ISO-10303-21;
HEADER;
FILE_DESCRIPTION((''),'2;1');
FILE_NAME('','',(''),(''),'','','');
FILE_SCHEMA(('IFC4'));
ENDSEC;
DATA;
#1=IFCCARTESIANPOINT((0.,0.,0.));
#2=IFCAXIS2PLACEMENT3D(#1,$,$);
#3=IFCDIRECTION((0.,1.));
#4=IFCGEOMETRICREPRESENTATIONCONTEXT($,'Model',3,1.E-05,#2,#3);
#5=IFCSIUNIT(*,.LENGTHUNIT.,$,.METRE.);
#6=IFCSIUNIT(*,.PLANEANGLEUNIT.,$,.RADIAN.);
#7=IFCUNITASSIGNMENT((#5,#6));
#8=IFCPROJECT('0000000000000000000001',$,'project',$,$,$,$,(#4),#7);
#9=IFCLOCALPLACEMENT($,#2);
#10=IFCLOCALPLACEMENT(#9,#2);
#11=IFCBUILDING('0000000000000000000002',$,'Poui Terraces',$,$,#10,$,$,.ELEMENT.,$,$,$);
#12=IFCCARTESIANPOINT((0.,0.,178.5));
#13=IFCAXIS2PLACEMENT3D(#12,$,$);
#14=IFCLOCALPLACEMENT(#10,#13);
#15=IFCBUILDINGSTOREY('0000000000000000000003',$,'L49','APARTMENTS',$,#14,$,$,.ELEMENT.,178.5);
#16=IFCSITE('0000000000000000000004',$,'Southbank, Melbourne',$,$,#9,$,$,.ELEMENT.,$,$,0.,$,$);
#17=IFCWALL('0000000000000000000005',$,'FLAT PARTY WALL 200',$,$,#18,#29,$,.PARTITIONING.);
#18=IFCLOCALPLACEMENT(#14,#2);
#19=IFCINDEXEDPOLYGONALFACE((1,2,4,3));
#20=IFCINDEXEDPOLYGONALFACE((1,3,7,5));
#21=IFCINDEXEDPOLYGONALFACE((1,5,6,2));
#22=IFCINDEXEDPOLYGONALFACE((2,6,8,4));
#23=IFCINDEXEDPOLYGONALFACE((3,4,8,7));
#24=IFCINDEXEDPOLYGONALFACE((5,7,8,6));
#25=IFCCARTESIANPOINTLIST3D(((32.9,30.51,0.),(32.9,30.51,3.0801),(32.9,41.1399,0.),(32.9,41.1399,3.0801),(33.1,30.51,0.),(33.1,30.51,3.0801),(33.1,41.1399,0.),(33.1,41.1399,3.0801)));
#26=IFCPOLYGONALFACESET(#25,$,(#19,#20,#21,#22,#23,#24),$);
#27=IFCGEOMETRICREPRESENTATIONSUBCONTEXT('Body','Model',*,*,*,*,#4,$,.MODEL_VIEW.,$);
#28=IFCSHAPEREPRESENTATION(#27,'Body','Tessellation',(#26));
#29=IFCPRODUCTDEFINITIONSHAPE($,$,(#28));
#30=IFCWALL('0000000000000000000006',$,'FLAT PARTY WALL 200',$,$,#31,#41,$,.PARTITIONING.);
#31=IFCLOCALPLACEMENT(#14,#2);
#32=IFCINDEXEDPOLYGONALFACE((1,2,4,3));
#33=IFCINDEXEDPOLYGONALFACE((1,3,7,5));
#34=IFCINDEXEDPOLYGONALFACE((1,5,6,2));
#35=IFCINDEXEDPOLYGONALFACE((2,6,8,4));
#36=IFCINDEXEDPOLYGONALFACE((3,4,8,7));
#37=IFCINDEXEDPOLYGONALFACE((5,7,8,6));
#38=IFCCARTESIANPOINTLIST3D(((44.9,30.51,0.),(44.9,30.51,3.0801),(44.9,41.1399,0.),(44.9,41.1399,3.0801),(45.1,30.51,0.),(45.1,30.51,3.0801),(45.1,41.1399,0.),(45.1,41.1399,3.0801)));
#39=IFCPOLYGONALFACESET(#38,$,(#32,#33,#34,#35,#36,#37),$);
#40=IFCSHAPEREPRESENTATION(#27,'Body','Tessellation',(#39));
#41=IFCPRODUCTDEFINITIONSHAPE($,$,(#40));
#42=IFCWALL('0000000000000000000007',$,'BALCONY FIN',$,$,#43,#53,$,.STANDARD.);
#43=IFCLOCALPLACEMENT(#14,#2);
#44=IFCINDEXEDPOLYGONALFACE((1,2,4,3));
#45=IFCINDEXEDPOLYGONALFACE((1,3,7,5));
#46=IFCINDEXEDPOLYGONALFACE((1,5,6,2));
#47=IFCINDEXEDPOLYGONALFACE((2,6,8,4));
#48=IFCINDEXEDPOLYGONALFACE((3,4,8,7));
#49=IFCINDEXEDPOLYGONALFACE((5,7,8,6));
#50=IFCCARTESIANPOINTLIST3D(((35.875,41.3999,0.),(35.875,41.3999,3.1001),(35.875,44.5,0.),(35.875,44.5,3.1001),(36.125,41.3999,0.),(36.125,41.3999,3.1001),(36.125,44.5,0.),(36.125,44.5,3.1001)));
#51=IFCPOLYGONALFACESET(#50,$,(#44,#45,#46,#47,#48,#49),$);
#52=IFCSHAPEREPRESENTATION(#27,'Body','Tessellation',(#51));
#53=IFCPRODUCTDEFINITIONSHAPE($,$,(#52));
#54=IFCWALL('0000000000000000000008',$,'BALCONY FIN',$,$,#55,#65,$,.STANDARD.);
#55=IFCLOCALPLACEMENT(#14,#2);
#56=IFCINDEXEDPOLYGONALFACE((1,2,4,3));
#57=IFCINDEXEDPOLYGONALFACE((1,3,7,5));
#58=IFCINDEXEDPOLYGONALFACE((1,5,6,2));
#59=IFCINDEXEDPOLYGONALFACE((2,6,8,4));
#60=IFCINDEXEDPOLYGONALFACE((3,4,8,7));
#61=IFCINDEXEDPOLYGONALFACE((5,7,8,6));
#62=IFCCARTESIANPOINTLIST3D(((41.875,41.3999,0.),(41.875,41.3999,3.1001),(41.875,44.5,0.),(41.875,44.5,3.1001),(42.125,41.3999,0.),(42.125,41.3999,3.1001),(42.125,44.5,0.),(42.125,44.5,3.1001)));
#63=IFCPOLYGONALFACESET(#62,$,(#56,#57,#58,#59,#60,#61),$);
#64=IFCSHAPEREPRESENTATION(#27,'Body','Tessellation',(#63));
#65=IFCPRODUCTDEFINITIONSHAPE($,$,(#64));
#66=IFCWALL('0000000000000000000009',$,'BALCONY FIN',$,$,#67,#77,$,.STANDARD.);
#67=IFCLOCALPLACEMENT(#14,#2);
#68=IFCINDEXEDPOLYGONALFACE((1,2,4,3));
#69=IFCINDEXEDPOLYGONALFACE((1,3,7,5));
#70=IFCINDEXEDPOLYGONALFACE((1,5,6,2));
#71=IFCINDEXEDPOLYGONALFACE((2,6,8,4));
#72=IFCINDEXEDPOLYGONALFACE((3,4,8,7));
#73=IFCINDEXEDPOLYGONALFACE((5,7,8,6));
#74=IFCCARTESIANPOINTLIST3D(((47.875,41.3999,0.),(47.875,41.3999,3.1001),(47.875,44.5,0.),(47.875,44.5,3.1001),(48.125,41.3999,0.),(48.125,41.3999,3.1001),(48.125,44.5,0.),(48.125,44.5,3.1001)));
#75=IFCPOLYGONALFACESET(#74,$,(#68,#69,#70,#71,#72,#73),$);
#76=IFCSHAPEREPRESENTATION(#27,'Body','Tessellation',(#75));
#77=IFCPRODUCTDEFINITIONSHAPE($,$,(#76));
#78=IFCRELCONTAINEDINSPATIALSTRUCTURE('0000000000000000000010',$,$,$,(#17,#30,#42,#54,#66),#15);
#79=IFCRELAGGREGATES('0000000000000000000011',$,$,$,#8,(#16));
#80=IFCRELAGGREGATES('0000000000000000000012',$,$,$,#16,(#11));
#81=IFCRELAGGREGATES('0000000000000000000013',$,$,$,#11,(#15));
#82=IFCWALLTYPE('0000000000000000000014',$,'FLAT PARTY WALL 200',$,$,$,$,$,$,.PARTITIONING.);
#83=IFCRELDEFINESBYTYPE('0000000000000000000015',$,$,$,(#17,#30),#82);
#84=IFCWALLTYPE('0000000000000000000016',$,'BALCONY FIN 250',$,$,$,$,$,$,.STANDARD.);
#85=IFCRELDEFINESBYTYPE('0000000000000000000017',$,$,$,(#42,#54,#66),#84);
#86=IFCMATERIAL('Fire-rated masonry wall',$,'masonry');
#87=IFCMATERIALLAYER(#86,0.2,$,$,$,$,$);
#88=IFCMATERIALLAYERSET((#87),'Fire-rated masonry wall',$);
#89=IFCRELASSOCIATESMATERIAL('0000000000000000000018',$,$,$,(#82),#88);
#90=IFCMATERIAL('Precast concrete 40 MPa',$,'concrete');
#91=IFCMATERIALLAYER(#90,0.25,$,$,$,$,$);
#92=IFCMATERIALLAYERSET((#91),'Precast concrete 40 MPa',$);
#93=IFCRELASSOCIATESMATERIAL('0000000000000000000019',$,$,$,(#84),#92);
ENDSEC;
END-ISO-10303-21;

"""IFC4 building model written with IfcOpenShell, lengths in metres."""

from ifc_helpers import new_model, si_unit, direction, frame, frame_2d, origin, place, context, subcontext, project, spatial, polyline, rectangle, outline, extrude, source, transform, mapped, material, layer, layer_set, type_object, element, save


model = new_model("IFC4")

# Units and contexts
model_context = context("Model", 3, precision=1e-05, world=origin(), true_north=direction((0.0, 1.0)))
body_context = subcontext(model_context, "Body", "Model", "MODEL_VIEW")
ifc_project = project(units=[si_unit("LENGTHUNIT", "METRE"), si_unit("PLANEANGLEUNIT", "RADIAN")], contexts=[model_context])

# Site, building, storey
site_placement = place(None, origin())
site = spatial("IfcSite", under=ifc_project, at=site_placement, Name="Southbank, Melbourne", CompositionType="ELEMENT", RefElevation=0.0)
building_placement = place(site_placement, origin())
building = spatial("IfcBuilding", under=site, at=building_placement, Name="Poui Terraces", CompositionType="ELEMENT")
storey_placement = place(building_placement, frame((0.0, 0.0, 178.5)))
storey = spatial("IfcBuildingStorey", under=building, at=storey_placement, Name="L49", Description="APARTMENTS", CompositionType="ELEMENT", Elevation=178.5)

# Walls
ifc_material_1 = material(Name="Fire-rated masonry wall", Category="masonry")
ifc_layer_1 = layer(ifc_material_1, 0.2)
ifc_layer_set_1 = layer_set([ifc_layer_1], Name="Fire-rated masonry wall")
wall_type_1 = type_object("IfcWallType", Name="FLAT PARTY WALL 200", PredefinedType="PARTITIONING", material=ifc_layer_set_1)
for number, where, z_axis, x_axis, name in (
    (1, (33.0, 30.51, 0.0), (0.0, 0.0, 1.0), (0.0, 1.0, 0.0), "FLAT PARTY WALL 200"),
    (2, (45.0, 30.51, 0.0), (0.0, 0.0, 1.0), (0.0, 1.0, 0.0), "FLAT PARTY WALL 200"),
):
    element("IfcWall", number, at=place(storey_placement, frame(where, z_axis=z_axis, x_axis=x_axis)), inside=storey, type_object=wall_type_1, Name=name, PredefinedType="PARTITIONING", context=body_context, shape_type="SweptSolid", body=[
        extrude(rectangle(XDim=10.6299, YDim=0.2, at=frame_2d((5.3149, 0.0))), origin(), (0.0, 0.0, 1.0), 3.0801),
    ])
ifc_material_2 = material(Name="Precast concrete 40 MPa", Category="concrete")
ifc_layer_2 = layer(ifc_material_2, 0.25)
ifc_layer_set_2 = layer_set([ifc_layer_2], Name="Precast concrete 40 MPa")
wall_type_2 = type_object("IfcWallType", Name="BALCONY FIN 250", PredefinedType="STANDARD", material=ifc_layer_set_2)
shared_shape_1 = source(origin(), body_context, "Body", "SweptSolid", [
    extrude(outline(polyline([(0.0, 0.0), (0.25, 0.0), (0.25, 3.1001), (0.0, 3.1001), (0.0, 0.0)])), origin(), (0.0, 0.0, 1.0), 3.1001),
])
for number, where, name in (
    (3, (35.875, 41.3999, 0.0), "BALCONY FIN"),
    (4, (41.875, 41.3999, 0.0), "BALCONY FIN"),
    (5, (47.875, 41.3999, 0.0), "BALCONY FIN"),
):
    element("IfcWall", number, at=place(storey_placement, frame(where)), inside=storey, type_object=wall_type_2, Name=name, PredefinedType="STANDARD", context=body_context, shape_type="MappedRepresentation", body=[
        mapped(shared_shape_1, transform((0.0, 0.0, 0.0))),
    ])

save(model, "model.ifc")
